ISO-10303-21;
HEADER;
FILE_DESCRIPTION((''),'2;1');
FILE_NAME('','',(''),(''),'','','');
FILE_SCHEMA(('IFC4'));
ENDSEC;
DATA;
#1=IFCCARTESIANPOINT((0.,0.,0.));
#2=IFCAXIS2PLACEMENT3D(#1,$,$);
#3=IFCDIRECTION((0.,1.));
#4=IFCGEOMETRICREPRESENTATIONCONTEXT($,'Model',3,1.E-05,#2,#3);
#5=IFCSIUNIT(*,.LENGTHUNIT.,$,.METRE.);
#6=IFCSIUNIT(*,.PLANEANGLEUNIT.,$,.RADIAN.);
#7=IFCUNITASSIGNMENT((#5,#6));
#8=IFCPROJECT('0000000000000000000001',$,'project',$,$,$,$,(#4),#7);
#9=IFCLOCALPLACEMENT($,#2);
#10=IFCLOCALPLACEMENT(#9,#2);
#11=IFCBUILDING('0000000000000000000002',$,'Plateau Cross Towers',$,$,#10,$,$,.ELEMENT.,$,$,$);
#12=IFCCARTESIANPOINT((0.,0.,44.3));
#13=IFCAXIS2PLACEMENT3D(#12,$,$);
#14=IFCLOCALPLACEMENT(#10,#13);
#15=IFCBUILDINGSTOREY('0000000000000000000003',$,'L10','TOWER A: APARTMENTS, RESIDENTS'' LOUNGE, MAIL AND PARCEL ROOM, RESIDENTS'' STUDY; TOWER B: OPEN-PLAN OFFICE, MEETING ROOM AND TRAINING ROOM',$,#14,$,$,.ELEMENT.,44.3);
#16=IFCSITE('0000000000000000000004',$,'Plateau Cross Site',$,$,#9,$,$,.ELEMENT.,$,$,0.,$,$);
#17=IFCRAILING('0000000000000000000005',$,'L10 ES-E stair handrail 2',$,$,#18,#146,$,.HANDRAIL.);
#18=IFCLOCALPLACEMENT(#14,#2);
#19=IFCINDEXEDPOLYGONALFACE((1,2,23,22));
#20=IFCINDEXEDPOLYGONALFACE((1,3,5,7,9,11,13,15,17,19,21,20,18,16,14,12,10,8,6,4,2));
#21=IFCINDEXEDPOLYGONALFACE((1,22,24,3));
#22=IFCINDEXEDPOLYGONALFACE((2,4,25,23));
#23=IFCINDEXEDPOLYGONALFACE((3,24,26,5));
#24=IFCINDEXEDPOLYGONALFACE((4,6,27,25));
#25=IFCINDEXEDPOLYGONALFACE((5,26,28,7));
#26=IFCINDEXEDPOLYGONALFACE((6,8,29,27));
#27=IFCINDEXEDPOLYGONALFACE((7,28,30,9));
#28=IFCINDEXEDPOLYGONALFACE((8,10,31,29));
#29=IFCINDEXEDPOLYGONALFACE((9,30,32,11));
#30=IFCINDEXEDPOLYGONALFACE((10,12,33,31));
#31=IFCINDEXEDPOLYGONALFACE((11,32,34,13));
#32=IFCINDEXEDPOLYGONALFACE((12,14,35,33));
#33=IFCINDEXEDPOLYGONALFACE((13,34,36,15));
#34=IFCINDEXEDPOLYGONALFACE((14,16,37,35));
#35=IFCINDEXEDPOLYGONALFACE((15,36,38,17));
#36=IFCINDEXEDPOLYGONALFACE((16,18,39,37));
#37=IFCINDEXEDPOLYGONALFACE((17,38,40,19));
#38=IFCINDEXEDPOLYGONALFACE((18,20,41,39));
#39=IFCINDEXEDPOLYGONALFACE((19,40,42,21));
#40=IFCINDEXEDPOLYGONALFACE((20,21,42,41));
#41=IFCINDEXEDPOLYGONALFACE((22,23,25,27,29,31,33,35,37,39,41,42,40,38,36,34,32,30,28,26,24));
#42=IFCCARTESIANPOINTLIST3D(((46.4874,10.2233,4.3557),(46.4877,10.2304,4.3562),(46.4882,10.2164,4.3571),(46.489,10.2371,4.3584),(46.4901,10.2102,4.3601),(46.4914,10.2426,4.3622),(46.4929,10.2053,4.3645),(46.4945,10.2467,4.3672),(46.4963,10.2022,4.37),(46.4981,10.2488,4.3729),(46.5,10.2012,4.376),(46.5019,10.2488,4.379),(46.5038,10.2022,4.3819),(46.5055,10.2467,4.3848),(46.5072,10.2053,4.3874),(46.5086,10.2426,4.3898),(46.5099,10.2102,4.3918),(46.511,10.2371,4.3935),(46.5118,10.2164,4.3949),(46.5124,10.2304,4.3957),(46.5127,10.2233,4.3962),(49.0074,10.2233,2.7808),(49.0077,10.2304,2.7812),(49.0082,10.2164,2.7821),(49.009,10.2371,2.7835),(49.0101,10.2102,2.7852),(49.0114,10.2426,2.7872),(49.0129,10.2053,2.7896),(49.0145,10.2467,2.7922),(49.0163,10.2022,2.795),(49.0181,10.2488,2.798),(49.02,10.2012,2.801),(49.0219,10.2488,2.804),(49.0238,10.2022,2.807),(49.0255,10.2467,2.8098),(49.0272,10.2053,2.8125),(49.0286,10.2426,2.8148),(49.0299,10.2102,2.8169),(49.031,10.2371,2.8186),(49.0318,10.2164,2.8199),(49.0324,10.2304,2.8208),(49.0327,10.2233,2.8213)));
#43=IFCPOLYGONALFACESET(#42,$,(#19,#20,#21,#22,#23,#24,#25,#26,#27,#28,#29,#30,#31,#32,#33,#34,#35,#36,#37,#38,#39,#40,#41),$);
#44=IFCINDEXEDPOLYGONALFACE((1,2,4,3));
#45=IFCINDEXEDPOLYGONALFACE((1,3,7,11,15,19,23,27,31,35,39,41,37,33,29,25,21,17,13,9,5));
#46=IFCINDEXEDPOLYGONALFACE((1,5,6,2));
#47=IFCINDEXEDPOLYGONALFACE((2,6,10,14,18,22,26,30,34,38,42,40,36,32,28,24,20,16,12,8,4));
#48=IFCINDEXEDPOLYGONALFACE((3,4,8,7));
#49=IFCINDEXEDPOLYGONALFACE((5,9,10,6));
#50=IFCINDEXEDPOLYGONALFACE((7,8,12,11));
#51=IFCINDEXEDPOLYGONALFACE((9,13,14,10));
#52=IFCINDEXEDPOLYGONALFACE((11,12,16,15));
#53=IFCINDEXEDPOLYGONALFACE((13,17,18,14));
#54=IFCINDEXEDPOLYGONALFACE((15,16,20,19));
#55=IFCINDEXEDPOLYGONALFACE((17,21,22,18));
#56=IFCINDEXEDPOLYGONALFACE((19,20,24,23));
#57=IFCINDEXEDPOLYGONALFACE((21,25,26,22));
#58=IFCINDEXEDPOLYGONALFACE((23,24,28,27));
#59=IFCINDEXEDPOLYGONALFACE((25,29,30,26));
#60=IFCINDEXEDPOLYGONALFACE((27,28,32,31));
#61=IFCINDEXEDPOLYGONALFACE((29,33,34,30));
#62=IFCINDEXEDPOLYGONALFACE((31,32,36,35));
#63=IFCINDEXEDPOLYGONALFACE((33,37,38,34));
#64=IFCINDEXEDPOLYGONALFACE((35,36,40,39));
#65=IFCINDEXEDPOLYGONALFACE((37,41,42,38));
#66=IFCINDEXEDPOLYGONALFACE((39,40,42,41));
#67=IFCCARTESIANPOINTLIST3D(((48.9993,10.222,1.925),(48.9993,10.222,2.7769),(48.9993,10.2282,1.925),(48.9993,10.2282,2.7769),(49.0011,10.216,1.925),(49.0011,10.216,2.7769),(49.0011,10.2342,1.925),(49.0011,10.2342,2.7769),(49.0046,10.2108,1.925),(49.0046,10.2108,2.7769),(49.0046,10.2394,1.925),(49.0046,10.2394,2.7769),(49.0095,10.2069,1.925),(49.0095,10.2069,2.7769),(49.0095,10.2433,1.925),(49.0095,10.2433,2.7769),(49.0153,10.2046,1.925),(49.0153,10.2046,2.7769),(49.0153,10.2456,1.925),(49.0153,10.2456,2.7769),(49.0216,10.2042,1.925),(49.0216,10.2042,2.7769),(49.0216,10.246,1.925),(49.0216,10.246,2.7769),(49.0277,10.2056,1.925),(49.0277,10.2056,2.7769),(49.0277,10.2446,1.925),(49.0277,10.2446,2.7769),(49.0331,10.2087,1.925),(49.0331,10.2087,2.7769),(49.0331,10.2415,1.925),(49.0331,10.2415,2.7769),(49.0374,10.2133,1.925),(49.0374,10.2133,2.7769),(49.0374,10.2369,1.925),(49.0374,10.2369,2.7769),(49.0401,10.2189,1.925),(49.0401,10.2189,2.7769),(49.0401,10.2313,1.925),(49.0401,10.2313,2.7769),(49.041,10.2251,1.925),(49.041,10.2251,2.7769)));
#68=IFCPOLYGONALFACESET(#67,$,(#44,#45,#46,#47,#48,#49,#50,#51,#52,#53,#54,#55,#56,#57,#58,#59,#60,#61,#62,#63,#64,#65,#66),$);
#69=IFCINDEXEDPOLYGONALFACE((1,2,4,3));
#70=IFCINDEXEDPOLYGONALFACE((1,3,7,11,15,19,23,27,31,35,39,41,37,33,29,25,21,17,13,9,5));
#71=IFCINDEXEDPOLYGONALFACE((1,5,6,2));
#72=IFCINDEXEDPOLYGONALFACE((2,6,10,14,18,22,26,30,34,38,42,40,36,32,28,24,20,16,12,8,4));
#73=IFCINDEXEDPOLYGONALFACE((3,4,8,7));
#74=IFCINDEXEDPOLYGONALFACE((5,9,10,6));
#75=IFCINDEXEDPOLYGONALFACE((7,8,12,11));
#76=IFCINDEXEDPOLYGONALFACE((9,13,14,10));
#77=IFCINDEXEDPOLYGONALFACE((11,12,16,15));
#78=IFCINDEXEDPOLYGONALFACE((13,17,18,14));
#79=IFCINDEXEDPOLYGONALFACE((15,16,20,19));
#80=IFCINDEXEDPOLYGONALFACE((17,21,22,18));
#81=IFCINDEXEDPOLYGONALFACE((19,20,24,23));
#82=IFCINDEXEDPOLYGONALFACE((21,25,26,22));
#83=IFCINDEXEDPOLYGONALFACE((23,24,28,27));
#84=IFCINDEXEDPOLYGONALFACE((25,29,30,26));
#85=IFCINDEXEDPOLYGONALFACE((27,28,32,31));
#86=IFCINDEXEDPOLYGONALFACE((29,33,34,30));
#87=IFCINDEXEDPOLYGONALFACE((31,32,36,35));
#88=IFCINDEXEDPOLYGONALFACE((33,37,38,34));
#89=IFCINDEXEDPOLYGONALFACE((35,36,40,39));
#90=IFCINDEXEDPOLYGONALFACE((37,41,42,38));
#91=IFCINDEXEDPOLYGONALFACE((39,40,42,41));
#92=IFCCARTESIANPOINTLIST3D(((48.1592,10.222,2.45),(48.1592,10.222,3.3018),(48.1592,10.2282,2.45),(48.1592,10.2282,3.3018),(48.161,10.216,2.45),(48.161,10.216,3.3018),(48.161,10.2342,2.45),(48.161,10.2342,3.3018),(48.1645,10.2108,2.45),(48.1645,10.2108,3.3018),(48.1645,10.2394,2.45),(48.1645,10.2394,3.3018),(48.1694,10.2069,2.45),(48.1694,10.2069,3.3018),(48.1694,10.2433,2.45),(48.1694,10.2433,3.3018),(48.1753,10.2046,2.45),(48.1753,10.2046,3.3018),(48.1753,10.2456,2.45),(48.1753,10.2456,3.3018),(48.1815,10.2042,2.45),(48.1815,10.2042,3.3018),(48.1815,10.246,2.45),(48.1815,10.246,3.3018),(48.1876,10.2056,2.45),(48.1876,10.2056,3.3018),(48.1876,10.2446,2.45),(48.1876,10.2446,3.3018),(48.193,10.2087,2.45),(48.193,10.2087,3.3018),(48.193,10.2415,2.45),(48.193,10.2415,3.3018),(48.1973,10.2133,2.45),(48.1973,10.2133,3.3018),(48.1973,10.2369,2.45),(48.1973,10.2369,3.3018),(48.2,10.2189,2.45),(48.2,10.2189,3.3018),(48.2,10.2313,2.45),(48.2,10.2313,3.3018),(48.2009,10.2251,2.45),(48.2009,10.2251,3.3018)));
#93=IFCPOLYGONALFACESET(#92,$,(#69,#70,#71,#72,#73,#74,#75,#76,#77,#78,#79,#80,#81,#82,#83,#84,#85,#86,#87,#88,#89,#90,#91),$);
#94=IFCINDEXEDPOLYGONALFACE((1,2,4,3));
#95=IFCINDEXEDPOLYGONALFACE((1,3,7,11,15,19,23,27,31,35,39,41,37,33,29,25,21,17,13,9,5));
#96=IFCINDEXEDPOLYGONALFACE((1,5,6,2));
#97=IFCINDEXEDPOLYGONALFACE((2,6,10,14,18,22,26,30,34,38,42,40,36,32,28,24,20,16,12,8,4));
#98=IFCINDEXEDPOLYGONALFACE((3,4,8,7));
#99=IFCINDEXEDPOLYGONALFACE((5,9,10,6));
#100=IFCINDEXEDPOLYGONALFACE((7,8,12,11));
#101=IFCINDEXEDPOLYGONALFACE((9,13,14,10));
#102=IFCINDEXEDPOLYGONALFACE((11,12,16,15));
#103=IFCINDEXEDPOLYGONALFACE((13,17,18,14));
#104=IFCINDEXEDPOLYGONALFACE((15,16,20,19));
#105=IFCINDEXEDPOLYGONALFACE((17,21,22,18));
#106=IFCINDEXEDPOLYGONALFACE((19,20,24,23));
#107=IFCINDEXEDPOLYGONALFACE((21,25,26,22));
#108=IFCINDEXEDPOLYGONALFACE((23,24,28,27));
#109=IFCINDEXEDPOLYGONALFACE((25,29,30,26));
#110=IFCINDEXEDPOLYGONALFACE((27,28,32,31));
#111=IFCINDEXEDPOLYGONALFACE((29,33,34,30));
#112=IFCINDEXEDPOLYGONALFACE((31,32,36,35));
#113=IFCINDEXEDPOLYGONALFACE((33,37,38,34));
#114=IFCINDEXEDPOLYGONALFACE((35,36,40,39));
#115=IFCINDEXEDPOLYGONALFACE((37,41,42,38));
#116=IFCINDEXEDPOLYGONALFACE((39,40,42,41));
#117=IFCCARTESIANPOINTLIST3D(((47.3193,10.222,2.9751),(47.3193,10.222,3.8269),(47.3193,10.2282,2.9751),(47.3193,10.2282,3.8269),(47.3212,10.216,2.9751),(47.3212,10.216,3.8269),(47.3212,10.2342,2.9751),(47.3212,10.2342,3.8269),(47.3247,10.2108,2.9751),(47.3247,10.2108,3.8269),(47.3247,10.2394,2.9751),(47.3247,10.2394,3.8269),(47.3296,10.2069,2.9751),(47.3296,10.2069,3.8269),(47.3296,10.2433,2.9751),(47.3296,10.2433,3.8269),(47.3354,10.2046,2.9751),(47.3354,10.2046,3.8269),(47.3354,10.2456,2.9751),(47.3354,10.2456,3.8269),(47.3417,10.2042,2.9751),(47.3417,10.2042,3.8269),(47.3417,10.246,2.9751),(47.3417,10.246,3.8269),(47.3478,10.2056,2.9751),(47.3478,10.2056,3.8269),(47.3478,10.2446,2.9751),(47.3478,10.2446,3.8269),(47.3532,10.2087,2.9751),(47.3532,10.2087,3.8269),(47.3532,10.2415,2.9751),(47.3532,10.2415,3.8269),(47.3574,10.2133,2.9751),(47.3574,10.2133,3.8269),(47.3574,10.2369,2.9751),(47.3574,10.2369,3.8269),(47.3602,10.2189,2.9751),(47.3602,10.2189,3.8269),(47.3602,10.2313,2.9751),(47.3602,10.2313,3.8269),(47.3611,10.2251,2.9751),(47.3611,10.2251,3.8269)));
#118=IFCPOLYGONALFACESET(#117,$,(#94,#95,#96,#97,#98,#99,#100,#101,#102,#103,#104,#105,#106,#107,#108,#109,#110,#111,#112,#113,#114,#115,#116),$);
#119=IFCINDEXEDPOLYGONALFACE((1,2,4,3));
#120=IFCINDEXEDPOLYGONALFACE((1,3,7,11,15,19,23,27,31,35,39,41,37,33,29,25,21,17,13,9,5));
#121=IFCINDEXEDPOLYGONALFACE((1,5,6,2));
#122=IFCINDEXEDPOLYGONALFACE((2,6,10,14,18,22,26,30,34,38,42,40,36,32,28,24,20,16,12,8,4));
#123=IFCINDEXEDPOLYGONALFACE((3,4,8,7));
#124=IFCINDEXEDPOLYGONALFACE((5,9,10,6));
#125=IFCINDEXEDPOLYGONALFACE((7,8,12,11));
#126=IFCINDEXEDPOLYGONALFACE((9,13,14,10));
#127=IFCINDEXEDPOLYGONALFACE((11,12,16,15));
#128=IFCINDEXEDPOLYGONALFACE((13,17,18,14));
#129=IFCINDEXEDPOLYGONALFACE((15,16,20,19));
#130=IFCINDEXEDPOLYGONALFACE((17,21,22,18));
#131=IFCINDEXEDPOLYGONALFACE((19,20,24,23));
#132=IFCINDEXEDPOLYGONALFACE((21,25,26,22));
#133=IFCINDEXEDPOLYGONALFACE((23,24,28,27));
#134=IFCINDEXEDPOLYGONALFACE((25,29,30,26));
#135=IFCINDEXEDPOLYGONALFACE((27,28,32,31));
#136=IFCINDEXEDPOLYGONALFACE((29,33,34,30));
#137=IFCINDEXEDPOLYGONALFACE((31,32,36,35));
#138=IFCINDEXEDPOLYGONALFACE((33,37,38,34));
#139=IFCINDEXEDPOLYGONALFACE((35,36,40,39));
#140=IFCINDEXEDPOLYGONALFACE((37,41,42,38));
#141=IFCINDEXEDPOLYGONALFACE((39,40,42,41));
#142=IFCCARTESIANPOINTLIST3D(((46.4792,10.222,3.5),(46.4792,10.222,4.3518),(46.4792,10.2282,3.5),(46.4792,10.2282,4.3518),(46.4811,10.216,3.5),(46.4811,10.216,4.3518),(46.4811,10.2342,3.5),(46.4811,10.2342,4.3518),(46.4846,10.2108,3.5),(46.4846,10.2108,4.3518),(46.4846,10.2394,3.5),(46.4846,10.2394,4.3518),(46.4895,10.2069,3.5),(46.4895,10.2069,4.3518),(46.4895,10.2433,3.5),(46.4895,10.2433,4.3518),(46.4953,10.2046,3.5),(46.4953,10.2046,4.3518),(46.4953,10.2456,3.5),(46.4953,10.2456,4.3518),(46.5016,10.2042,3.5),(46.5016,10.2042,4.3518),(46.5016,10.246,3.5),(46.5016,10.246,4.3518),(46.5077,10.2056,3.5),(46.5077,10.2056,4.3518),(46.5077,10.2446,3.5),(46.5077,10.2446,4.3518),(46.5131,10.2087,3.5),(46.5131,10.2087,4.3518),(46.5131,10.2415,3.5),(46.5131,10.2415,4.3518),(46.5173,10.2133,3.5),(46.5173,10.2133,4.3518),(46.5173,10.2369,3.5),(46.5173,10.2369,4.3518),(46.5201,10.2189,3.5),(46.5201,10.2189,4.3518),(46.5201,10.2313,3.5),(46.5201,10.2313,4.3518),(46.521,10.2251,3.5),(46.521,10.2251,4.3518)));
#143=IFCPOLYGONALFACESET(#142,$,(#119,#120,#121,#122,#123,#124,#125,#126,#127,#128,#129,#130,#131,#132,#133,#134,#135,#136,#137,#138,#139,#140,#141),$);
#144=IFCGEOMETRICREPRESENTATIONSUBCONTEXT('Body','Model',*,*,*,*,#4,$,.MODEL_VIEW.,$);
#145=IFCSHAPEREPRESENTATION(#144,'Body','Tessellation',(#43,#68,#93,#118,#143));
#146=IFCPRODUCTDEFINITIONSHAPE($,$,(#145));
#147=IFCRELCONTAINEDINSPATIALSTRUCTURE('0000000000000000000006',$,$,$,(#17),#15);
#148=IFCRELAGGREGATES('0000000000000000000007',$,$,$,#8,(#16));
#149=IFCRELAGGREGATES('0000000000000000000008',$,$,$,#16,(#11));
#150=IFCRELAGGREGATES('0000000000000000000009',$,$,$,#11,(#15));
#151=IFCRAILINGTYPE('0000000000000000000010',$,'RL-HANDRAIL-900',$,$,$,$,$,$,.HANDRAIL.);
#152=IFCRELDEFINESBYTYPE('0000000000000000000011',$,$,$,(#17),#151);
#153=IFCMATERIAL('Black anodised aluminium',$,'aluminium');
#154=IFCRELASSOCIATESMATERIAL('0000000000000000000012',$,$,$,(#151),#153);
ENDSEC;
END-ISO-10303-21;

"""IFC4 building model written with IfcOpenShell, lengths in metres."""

from ifc_helpers import new_model, si_unit, direction, frame, origin, origin_2d, place, context, subcontext, project, spatial, circle, extrude, material, type_object, element, save


model = new_model("IFC4")

# Units and contexts
model_context = context("Model", 3, precision=1e-05, world=origin(), true_north=direction((0.0, 1.0)))
body_context = subcontext(model_context, "Body", "Model", "MODEL_VIEW")
ifc_project = project(units=[si_unit("LENGTHUNIT", "METRE"), si_unit("PLANEANGLEUNIT", "RADIAN")], contexts=[model_context])

# Site, building, storey
site_placement = place(None, origin())
site = spatial("IfcSite", under=ifc_project, at=site_placement, Name="Plateau Cross Site", CompositionType="ELEMENT", RefElevation=0.0)
building_placement = place(site_placement, origin())
building = spatial("IfcBuilding", under=site, at=building_placement, Name="Plateau Cross Towers", CompositionType="ELEMENT")
storey_placement = place(building_placement, frame((0.0, 0.0, 44.3)))
storey = spatial("IfcBuildingStorey", under=building, at=storey_placement, Name="L10", Description="TOWER A: APARTMENTS, RESIDENTS' LOUNGE, MAIL AND PARCEL ROOM, RESIDENTS' STUDY; TOWER B: OPEN-PLAN OFFICE, MEETING ROOM AND TRAINING ROOM", CompositionType="ELEMENT", Elevation=44.3)

# Shared definitions
ifc_material_1 = material(Name="Black anodised aluminium", Category="aluminium")

# Railing
railing_type_1 = type_object("IfcRailingType", Name="RL-HANDRAIL-900", PredefinedType="HANDRAIL", material=ifc_material_1)
railing_1_placement = place(storey_placement, frame((49.02, 10.2251, 1.925)))
element("IfcRailing", 1, at=railing_1_placement, inside=storey, type_object=railing_type_1, Name="L10 ES-E stair handrail 2", PredefinedType="HANDRAIL", context=body_context, shape_type="SweptSolid", body=[
    extrude(circle(Radius=0.0239, at=origin_2d()), frame((0.0, 0.0, 0.876), z_axis=(-0.848008, 0.0, 0.529984), x_axis=(0.0, -1.0, 0.0)), (0.0, 0.0, 1.0), 2.9717),
    extrude(circle(Radius=0.021, at=origin_2d()), origin(), (0.0, 0.0, 1.0), 0.8518),
    extrude(circle(Radius=0.021, at=origin_2d()), frame((-0.8401, 0.0, 0.5249)), (0.0, 0.0, 1.0), 0.8518),
    extrude(circle(Radius=0.021, at=origin_2d()), frame((-1.6799, 0.0, 1.05)), (0.0, 0.0, 1.0), 0.8518),
    extrude(circle(Radius=0.021, at=origin_2d()), frame((-2.52, 0.0, 1.575)), (0.0, 0.0, 1.0), 0.8518),
])

save(model, "model.ifc")
